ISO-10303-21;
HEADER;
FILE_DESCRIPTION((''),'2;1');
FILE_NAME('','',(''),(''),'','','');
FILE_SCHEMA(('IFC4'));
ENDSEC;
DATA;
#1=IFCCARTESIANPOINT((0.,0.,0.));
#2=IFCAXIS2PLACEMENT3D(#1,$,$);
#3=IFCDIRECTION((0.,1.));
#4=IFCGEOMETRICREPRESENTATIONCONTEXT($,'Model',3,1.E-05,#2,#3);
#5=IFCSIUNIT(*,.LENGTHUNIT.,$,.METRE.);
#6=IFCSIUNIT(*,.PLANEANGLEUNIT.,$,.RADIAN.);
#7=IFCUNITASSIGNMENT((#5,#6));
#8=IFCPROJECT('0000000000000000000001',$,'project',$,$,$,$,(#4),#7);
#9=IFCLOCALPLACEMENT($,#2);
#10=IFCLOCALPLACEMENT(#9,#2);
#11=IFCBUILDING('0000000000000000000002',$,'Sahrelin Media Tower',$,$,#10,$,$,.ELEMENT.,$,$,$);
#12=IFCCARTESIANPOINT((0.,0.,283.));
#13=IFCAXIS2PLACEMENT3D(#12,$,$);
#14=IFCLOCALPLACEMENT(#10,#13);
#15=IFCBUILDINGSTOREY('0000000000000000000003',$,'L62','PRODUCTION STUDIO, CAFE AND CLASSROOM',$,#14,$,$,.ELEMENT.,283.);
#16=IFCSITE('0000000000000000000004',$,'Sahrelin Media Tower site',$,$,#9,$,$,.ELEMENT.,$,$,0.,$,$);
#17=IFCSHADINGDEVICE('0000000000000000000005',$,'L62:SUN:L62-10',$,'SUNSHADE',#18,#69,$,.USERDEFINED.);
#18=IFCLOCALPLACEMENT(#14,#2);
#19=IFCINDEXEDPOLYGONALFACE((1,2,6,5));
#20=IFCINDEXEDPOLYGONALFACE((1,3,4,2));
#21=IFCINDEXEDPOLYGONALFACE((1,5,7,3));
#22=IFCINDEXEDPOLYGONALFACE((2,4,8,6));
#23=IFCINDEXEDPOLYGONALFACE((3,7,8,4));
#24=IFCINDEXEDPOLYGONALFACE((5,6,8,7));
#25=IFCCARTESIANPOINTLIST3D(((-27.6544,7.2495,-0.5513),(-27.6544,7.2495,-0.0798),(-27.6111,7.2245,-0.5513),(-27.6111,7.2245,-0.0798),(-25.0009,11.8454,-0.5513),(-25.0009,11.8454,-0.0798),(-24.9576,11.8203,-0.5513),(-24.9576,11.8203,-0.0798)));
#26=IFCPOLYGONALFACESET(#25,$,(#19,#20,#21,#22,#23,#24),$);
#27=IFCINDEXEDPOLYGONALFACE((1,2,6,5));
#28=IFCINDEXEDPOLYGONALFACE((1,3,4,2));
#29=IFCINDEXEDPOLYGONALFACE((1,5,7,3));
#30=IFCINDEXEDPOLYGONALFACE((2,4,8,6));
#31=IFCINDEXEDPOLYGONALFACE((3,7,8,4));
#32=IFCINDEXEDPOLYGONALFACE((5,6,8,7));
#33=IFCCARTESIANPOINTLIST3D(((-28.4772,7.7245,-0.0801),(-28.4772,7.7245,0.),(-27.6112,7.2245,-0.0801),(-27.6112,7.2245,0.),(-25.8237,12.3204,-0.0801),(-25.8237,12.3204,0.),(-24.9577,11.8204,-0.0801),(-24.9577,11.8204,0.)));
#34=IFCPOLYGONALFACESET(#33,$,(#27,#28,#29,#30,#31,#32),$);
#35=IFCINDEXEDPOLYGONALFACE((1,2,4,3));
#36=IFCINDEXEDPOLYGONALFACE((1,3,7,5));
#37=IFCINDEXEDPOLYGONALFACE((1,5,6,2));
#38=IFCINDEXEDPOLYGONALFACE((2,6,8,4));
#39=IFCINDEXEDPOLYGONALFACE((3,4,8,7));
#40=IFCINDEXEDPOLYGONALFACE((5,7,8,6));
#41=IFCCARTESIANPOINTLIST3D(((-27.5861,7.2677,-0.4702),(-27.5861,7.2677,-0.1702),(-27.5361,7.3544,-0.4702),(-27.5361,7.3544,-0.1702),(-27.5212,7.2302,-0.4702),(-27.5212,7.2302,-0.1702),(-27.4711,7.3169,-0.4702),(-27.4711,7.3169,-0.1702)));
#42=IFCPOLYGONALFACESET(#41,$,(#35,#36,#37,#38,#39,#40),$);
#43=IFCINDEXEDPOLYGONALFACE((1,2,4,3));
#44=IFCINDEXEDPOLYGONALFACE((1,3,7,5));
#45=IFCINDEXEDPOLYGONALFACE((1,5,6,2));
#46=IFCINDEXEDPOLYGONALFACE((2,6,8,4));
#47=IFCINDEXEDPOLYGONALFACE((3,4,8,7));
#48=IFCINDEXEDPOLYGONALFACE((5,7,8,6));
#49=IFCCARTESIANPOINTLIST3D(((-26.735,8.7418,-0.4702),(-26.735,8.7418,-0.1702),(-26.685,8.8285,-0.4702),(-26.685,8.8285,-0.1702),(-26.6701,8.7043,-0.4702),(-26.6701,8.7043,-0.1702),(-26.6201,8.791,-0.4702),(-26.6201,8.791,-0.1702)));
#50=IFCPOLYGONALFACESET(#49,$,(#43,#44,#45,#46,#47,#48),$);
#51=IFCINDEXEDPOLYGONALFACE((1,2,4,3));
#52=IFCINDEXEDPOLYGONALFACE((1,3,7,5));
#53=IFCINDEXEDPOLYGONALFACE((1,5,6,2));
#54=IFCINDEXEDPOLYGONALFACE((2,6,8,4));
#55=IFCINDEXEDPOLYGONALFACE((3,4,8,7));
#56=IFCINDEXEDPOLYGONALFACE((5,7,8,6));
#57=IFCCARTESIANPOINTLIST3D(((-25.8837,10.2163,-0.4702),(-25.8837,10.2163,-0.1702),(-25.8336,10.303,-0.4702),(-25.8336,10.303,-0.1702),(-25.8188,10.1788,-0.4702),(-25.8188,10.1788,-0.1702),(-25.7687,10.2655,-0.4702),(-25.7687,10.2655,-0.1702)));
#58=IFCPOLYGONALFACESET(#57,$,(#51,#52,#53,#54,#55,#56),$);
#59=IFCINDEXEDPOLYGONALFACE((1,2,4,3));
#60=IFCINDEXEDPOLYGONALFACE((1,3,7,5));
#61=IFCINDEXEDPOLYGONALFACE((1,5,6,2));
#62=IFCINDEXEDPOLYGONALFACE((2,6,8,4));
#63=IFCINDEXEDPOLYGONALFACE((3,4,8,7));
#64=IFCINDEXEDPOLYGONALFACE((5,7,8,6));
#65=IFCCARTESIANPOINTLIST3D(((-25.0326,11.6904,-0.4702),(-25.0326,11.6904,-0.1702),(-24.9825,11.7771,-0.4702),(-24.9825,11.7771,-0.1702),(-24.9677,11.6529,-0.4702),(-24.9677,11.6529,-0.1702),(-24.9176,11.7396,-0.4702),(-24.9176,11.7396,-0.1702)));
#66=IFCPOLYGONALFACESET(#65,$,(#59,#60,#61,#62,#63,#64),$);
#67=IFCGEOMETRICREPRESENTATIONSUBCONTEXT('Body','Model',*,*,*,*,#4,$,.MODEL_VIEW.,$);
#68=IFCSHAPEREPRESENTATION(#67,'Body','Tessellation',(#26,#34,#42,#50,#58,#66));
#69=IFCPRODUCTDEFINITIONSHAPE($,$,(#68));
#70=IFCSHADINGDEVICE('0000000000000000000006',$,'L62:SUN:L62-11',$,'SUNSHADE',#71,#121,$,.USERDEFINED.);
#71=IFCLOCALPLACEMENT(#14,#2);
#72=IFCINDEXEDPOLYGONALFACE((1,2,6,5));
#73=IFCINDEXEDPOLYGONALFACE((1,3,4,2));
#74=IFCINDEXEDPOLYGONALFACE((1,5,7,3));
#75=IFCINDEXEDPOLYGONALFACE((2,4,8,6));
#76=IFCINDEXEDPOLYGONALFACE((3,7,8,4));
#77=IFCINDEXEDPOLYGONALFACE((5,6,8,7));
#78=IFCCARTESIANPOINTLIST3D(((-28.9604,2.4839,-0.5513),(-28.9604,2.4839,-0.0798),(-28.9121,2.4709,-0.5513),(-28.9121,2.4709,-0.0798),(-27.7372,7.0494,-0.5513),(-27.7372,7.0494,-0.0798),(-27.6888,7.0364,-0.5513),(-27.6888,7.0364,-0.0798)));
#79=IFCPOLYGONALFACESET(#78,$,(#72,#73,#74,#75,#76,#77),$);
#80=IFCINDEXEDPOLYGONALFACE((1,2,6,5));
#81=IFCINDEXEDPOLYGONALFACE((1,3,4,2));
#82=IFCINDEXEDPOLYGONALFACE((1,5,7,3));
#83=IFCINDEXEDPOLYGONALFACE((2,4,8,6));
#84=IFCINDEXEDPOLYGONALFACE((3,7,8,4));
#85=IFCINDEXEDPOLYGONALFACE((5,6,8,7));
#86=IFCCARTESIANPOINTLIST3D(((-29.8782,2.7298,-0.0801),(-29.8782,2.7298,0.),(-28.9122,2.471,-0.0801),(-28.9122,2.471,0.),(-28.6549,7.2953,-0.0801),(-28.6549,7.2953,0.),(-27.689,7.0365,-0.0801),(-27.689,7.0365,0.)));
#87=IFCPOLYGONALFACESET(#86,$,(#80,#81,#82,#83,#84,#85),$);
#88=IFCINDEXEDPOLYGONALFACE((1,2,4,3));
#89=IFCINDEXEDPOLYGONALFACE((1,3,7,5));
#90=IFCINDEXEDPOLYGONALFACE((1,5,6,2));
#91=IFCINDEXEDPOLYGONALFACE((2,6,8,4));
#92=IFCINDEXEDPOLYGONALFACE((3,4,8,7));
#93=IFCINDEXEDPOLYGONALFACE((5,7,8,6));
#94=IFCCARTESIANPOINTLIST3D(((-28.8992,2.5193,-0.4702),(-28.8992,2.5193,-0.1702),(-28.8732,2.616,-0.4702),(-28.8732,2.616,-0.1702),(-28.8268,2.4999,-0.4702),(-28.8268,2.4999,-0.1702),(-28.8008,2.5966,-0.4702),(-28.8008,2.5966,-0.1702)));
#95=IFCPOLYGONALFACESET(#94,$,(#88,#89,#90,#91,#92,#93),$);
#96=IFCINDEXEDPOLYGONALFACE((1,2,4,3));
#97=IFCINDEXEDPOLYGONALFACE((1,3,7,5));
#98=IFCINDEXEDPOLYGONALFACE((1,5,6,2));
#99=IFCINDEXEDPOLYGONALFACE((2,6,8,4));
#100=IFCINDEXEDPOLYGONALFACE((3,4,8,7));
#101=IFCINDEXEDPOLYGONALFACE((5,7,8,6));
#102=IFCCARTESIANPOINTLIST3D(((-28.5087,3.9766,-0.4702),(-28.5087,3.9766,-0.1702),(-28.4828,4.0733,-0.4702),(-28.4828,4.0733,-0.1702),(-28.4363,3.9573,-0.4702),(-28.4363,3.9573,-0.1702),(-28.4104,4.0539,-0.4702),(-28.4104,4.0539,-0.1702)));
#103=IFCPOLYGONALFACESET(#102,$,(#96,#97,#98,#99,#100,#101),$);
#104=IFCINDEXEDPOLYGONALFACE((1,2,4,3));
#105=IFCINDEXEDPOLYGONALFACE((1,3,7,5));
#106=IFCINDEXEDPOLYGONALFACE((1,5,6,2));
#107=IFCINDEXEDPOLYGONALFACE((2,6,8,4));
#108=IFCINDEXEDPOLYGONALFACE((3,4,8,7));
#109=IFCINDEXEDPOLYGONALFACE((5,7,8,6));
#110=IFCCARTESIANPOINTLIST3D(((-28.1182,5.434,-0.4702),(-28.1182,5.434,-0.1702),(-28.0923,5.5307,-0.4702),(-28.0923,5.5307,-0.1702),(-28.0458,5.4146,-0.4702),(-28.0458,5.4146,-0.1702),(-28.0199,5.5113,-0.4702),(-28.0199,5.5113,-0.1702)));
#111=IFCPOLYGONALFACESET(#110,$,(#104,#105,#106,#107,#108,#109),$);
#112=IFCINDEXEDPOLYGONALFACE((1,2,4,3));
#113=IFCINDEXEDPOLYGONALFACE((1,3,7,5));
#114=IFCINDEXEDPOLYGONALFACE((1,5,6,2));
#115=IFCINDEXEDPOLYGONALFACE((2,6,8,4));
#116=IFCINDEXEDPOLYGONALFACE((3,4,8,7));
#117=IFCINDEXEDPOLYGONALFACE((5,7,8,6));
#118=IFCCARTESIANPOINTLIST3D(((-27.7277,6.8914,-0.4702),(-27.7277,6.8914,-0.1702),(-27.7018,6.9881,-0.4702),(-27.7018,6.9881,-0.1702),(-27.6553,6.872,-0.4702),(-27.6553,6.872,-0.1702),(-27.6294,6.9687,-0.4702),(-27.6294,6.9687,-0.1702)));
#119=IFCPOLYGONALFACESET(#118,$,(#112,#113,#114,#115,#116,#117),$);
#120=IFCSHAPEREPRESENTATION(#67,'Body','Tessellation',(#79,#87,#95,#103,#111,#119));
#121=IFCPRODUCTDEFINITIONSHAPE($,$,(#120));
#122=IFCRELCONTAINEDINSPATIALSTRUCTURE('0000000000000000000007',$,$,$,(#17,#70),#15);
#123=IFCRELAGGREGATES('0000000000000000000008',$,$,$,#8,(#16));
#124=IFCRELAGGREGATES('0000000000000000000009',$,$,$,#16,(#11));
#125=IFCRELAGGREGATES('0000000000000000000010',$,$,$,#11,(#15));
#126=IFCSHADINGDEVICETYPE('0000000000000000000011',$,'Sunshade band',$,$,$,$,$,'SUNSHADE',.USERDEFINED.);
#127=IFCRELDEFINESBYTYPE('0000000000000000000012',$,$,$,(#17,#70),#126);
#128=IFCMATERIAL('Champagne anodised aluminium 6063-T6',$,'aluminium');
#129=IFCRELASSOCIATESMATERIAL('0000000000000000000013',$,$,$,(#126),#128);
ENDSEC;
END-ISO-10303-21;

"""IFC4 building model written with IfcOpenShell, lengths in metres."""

from ifc_helpers import new_model, si_unit, direction, frame, origin, origin_2d, place, context, subcontext, project, spatial, rectangle, extrude, material, type_object, element, save


model = new_model("IFC4")

# Units and contexts
model_context = context("Model", 3, precision=1e-05, world=origin(), true_north=direction((0.0, 1.0)))
body_context = subcontext(model_context, "Body", "Model", "MODEL_VIEW")
ifc_project = project(units=[si_unit("LENGTHUNIT", "METRE"), si_unit("PLANEANGLEUNIT", "RADIAN")], contexts=[model_context])

# Site, building, storey
site_placement = place(None, origin())
site = spatial("IfcSite", under=ifc_project, at=site_placement, Name="Sahrelin Media Tower site", CompositionType="ELEMENT", RefElevation=0.0)
building_placement = place(site_placement, origin())
building = spatial("IfcBuilding", under=site, at=building_placement, Name="Sahrelin Media Tower", CompositionType="ELEMENT")
storey_placement = place(building_placement, frame((0.0, 0.0, 283.0)))
storey = spatial("IfcBuildingStorey", under=building, at=storey_placement, Name="L62", Description="PRODUCTION STUDIO, CAFE AND CLASSROOM", CompositionType="ELEMENT", Elevation=283.0)

# Shared definitions
ifc_material_1 = material(Name="Champagne anodised aluminium 6063-T6", Category="aluminium")

# Shading devices
placement_1 = place(storey_placement, frame((-26.2671, 9.5125, 0.0), z_axis=(0.0, 0.0, 1.0), x_axis=(0.500011, 0.866019, 0.0)))
placement_2 = place(storey_placement, frame((-28.2812, 4.7485, 0.0), z_axis=(0.0, 0.0, 1.0), x_axis=(0.258808, 0.965929, 0.0)))
shading_device_type_1 = type_object("IfcShadingDeviceType", Name="Sunshade band", ElementType="SUNSHADE", PredefinedType="USERDEFINED", material=ifc_material_1)
element("IfcShadingDevice", 1, at=placement_1, inside=storey, type_object=shading_device_type_1, Name="L62:SUN:L62-10", ObjectType="SUNSHADE", PredefinedType="USERDEFINED", context=body_context, shape_type="SweptSolid", body=[
    extrude(rectangle(XDim=5.3069, YDim=0.05, at=origin_2d()), frame((0.0, 0.0449, -0.5513)), (0.0, 0.0, 1.0), 0.4714),
    extrude(rectangle(XDim=5.3069, YDim=1.0, at=origin_2d()), frame((0.0, 0.52, -0.0801)), (0.0, 0.0, 1.0), 0.0801),
    extrude(rectangle(XDim=0.1001, YDim=0.075, at=origin_2d()), frame((-2.5535, -0.0176, -0.4702)), (0.0, 0.0, 1.0), 0.3),
    extrude(rectangle(XDim=0.1001, YDim=0.075, at=origin_2d()), frame((-0.8513, -0.0176, -0.4702)), (0.0, 0.0, 1.0), 0.3),
    extrude(rectangle(XDim=0.1001, YDim=0.075, at=origin_2d()), frame((0.8513, -0.0176, -0.4702)), (0.0, 0.0, 1.0), 0.3),
    extrude(rectangle(XDim=0.1001, YDim=0.075, at=origin_2d()), frame((2.5535, -0.0176, -0.4702)), (0.0, 0.0, 1.0), 0.3),
])
element("IfcShadingDevice", 2, at=placement_2, inside=storey, type_object=shading_device_type_1, Name="L62:SUN:L62-11", ObjectType="SUNSHADE", PredefinedType="USERDEFINED", context=body_context, shape_type="SweptSolid", body=[
    extrude(rectangle(XDim=4.7266, YDim=0.05, at=origin_2d()), frame((0.0, 0.0449, -0.5513)), (0.0, 0.0, 1.0), 0.4714),
    extrude(rectangle(XDim=4.7266, YDim=1.0, at=origin_2d()), frame((0.0, 0.52, -0.0801)), (0.0, 0.0, 1.0), 0.0801),
    extrude(rectangle(XDim=0.1001, YDim=0.075, at=origin_2d()), frame((-2.2632, -0.0176, -0.4702)), (0.0, 0.0, 1.0), 0.3),
    extrude(rectangle(XDim=0.1001, YDim=0.075, at=origin_2d()), frame((-0.7544, -0.0176, -0.4702)), (0.0, 0.0, 1.0), 0.3),
    extrude(rectangle(XDim=0.1001, YDim=0.075, at=origin_2d()), frame((0.7544, -0.0176, -0.4702)), (0.0, 0.0, 1.0), 0.3),
    extrude(rectangle(XDim=0.1001, YDim=0.075, at=origin_2d()), frame((2.2632, -0.0176, -0.4702)), (0.0, 0.0, 1.0), 0.3),
])

save(model, "model.ifc")
